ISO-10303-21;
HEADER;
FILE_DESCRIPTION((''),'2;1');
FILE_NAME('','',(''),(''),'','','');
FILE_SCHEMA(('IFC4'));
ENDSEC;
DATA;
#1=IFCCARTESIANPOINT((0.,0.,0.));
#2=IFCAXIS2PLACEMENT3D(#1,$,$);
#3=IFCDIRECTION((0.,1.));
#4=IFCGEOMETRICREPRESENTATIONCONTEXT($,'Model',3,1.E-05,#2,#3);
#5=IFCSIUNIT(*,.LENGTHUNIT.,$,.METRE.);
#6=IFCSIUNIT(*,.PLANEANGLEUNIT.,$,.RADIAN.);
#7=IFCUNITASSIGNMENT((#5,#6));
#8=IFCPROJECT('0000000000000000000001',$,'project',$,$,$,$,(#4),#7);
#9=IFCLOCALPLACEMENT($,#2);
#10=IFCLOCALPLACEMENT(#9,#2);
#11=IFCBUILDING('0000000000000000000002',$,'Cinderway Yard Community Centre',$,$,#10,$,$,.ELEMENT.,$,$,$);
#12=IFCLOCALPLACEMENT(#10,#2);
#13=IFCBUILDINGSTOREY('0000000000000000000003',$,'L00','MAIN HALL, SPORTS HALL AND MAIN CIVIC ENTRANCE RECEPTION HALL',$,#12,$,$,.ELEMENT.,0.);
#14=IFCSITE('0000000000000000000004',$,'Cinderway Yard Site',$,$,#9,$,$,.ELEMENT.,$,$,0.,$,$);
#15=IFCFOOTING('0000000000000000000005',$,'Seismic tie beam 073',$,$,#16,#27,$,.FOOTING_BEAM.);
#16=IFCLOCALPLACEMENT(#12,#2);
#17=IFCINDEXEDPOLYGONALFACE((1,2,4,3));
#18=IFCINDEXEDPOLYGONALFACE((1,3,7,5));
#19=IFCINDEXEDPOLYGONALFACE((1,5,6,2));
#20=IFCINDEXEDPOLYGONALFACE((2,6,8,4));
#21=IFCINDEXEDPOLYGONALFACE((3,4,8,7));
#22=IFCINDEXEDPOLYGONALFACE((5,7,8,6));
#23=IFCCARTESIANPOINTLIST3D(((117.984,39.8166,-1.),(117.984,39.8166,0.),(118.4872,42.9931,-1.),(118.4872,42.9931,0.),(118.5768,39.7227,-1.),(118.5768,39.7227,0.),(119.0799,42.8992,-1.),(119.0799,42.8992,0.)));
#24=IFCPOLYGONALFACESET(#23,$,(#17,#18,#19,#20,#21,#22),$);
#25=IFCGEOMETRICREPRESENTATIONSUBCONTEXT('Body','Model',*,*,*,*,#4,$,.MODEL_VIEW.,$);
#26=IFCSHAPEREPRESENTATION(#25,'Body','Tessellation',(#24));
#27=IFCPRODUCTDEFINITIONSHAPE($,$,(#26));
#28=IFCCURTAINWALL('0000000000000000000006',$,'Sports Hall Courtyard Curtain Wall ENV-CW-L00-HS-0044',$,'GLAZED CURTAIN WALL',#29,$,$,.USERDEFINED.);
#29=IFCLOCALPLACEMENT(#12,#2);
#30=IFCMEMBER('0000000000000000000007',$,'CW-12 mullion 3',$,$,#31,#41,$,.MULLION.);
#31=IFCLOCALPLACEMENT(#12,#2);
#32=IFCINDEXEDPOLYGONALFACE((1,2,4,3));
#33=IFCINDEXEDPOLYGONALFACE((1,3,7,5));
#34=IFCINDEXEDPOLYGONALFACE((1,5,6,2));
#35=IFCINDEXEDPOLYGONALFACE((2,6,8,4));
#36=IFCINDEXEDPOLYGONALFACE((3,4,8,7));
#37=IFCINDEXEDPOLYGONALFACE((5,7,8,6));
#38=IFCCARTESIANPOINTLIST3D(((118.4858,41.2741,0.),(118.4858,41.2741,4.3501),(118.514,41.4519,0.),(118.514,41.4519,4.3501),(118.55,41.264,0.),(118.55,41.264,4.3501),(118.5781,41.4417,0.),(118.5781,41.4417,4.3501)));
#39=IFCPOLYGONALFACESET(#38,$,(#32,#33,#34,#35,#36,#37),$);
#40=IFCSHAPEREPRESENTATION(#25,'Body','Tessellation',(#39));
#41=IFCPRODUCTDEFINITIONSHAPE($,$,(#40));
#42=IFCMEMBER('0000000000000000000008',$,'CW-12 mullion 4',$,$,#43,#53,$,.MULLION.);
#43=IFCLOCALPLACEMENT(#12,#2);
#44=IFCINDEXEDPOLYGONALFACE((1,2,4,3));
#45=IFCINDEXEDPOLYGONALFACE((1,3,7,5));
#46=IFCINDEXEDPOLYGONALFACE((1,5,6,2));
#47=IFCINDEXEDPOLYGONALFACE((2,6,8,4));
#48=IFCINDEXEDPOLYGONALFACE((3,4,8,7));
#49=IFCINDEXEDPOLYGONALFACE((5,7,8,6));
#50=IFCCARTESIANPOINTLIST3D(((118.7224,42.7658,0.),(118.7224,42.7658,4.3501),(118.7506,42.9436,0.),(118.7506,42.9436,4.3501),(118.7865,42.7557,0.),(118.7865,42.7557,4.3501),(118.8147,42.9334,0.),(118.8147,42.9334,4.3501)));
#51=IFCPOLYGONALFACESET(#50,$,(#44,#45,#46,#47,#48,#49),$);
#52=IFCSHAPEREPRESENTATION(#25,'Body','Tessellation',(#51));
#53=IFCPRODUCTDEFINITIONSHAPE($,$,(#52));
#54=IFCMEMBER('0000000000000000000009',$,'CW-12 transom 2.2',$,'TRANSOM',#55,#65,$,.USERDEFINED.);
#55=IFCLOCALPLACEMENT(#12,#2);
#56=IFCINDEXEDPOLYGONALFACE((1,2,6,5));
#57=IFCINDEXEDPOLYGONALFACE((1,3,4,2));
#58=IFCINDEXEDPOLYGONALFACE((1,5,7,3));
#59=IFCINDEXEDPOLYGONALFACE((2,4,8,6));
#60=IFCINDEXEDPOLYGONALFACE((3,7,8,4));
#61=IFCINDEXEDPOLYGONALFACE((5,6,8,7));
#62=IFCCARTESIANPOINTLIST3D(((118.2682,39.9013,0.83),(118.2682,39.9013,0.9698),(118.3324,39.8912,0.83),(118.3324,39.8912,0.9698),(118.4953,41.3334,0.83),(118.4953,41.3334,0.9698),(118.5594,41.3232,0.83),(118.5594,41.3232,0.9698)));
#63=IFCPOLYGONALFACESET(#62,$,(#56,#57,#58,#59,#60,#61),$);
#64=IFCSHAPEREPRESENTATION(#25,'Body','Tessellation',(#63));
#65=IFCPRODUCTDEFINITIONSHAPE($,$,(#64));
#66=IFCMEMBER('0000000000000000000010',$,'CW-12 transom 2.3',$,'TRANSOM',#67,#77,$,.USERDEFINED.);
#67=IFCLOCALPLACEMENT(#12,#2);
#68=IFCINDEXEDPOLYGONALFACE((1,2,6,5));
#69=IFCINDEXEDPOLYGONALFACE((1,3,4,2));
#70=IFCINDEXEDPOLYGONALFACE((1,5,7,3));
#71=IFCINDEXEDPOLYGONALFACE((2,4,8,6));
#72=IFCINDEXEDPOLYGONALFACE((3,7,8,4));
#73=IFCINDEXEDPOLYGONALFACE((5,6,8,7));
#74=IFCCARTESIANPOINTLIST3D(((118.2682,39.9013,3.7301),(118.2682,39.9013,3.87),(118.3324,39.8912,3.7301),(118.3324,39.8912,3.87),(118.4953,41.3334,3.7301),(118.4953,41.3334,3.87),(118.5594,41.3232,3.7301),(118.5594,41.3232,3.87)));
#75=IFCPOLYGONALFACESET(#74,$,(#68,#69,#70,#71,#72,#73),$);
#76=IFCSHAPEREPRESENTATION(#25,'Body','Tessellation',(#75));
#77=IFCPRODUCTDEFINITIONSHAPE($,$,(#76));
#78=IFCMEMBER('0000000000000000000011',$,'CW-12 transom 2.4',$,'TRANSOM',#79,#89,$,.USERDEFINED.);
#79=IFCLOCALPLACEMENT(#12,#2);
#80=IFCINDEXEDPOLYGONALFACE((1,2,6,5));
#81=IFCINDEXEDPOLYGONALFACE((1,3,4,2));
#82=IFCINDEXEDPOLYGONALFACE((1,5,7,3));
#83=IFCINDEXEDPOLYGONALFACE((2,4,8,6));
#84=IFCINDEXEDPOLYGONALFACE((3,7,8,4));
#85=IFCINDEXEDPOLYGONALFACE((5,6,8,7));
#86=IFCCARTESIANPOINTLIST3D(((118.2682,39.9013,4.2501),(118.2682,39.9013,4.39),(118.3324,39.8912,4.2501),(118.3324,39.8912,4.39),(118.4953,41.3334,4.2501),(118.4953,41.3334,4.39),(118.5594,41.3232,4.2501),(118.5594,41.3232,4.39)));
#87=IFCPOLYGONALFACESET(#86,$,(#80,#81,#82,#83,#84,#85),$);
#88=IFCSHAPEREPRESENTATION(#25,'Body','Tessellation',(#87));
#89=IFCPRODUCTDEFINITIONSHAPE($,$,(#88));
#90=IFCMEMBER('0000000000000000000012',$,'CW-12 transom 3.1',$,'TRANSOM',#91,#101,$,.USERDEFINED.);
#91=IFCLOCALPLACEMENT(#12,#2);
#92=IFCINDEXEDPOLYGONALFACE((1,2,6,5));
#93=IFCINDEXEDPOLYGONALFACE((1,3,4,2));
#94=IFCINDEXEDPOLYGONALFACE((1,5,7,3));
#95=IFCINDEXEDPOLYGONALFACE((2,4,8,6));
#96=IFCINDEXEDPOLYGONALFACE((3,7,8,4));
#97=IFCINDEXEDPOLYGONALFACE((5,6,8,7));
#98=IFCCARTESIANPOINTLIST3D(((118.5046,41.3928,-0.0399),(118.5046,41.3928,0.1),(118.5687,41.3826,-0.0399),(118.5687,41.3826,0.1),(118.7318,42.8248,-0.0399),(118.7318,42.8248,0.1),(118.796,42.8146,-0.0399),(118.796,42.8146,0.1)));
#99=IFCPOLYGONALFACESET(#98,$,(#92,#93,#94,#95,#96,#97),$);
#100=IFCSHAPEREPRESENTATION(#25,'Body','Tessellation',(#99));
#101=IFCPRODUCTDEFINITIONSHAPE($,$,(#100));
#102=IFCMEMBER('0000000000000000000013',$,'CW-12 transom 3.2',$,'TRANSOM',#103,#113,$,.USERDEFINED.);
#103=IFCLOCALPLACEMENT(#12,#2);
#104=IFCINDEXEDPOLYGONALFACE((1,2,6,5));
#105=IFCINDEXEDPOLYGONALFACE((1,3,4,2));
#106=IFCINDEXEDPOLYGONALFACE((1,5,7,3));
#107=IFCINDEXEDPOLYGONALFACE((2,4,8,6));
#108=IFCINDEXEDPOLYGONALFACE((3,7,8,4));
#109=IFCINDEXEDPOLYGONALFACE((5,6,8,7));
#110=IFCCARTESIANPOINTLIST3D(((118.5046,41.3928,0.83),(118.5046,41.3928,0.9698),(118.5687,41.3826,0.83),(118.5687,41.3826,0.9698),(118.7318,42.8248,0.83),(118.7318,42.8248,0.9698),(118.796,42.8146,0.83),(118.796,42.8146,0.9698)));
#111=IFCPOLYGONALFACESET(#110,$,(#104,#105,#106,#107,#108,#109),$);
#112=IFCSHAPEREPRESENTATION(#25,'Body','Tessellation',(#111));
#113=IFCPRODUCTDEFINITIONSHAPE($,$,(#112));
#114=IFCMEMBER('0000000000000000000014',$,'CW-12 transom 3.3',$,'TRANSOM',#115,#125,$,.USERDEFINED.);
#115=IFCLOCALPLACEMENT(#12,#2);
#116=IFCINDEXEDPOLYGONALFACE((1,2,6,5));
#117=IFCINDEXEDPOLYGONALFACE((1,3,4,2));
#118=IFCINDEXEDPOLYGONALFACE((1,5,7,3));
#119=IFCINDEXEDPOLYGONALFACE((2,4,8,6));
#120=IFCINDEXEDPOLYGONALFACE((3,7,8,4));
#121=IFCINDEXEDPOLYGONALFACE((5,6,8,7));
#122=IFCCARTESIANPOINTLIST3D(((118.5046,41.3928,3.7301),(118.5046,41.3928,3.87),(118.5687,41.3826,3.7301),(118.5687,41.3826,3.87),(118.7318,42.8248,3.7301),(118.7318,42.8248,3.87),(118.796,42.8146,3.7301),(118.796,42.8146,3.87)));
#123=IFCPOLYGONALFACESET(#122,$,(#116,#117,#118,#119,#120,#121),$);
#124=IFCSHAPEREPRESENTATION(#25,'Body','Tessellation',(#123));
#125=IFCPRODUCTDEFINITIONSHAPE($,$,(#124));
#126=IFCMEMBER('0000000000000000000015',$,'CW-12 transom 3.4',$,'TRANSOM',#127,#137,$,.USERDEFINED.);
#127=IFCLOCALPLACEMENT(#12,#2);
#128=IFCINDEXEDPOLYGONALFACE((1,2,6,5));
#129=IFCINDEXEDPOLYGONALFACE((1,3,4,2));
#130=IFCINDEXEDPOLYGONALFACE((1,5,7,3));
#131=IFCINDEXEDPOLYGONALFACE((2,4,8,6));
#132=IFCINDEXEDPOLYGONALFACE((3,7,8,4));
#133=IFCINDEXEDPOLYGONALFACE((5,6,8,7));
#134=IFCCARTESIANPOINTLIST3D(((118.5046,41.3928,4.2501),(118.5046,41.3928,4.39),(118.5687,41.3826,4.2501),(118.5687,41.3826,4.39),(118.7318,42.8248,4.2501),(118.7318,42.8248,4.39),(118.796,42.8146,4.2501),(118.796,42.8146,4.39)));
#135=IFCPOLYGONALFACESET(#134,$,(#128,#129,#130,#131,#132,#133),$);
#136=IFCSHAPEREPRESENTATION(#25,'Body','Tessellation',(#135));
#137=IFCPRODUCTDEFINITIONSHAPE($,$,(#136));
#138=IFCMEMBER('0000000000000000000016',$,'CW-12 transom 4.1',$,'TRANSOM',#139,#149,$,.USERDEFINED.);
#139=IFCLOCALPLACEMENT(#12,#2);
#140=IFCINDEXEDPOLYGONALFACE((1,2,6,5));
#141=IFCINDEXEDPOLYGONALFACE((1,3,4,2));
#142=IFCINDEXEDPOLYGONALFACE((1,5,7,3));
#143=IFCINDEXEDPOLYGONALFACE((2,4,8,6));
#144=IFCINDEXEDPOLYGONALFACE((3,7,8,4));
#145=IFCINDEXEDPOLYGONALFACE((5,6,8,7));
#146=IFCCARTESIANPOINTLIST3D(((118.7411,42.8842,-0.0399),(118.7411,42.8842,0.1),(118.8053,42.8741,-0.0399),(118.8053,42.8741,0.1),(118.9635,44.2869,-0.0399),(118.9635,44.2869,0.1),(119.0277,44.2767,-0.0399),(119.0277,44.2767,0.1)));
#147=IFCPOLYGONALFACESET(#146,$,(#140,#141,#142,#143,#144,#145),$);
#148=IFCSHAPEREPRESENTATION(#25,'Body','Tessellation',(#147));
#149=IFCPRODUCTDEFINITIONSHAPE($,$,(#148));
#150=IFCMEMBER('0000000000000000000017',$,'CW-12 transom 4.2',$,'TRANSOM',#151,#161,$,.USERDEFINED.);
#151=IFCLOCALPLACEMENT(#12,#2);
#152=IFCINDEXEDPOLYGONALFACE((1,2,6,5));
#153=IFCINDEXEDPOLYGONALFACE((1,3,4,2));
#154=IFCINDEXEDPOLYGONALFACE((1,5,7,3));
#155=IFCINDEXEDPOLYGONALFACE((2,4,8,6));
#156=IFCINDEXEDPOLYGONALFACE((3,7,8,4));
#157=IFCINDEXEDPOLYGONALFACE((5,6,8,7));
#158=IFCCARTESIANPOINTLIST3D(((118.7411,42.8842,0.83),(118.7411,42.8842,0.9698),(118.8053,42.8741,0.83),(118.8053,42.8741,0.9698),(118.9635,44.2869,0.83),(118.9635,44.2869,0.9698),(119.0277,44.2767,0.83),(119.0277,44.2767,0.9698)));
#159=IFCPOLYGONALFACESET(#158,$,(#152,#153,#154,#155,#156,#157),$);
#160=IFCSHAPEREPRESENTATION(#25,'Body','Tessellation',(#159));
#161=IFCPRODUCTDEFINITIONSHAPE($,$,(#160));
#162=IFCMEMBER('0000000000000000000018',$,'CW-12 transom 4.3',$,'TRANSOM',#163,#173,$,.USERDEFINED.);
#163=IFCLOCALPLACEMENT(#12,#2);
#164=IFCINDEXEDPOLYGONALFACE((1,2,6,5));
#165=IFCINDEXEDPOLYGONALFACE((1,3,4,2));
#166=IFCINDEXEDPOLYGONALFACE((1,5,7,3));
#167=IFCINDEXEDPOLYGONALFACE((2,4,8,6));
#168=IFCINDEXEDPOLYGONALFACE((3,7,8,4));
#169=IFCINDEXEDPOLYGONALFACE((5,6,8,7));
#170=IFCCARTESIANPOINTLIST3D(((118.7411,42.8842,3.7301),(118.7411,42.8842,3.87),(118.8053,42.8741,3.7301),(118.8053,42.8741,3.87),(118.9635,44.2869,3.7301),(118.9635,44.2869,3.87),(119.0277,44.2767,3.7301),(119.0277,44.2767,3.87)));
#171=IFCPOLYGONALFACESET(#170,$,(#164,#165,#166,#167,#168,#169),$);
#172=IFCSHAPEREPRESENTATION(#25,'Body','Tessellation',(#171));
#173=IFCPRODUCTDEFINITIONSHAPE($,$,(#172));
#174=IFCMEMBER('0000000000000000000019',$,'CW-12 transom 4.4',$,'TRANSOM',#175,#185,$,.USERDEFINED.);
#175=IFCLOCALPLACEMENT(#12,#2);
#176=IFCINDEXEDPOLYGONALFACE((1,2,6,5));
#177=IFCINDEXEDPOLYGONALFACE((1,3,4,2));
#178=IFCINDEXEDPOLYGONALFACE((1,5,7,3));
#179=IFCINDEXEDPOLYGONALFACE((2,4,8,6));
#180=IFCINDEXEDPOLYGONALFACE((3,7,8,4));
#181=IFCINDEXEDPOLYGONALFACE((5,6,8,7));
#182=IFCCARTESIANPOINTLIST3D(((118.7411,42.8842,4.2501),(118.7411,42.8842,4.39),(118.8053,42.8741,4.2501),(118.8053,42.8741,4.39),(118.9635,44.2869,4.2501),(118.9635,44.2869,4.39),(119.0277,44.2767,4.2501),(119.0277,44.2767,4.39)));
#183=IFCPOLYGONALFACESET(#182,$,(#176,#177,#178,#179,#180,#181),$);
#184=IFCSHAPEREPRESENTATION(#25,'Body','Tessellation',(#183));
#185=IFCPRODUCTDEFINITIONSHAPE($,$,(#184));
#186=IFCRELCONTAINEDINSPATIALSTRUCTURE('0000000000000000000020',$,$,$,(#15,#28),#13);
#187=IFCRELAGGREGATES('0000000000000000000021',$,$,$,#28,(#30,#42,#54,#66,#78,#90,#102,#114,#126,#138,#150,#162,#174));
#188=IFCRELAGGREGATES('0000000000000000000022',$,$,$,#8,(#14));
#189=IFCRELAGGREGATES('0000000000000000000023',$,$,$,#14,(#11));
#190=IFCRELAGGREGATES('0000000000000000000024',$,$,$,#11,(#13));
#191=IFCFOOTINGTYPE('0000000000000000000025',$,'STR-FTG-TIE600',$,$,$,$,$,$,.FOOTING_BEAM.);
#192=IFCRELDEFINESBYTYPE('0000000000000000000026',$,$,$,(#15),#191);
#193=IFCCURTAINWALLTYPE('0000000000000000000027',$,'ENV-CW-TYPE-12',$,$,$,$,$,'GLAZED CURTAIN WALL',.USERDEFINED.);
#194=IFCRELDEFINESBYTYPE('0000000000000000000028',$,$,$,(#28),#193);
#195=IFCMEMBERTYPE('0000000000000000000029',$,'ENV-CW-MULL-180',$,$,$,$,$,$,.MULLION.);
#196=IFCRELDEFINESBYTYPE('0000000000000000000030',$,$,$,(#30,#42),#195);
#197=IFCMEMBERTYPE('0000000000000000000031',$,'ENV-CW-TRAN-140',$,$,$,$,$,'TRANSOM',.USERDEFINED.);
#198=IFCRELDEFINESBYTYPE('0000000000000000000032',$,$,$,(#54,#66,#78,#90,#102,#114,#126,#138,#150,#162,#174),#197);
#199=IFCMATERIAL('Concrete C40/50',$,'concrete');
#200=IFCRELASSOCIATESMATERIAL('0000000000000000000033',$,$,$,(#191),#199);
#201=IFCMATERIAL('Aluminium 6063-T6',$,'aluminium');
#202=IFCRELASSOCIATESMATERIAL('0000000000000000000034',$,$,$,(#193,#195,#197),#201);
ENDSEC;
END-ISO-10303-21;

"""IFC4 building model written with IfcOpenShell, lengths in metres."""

from ifc_helpers import new_model, si_unit, direction, frame, origin, origin_2d, place, context, subcontext, project, spatial, rectangle, extrude, material, material_profile, profile_set, type_object, element, aggregate, save


model = new_model("IFC4")

# Units and contexts
model_context = context("Model", 3, precision=1e-05, world=origin(), true_north=direction((0.0, 1.0)))
body_context = subcontext(model_context, "Body", "Model", "MODEL_VIEW")
ifc_project = project(units=[si_unit("LENGTHUNIT", "METRE"), si_unit("PLANEANGLEUNIT", "RADIAN")], contexts=[model_context])

# Site, building, storey
site_placement = place(None, origin())
site = spatial("IfcSite", under=ifc_project, at=site_placement, Name="Cinderway Yard Site", CompositionType="ELEMENT", RefElevation=0.0)
building_placement = place(site_placement, origin())
building = spatial("IfcBuilding", under=site, at=building_placement, Name="Cinderway Yard Community Centre", CompositionType="ELEMENT")
storey_placement = place(building_placement, origin())
storey = spatial("IfcBuildingStorey", under=building, at=storey_placement, Name="L00", Description="MAIN HALL, SPORTS HALL AND MAIN CIVIC ENTRANCE RECEPTION HALL", CompositionType="ELEMENT", Elevation=0.0)

# Footing
ifc_material_1 = material(Name="Concrete C40/50", Category="concrete")
footing_type = type_object("IfcFootingType", Name="STR-FTG-TIE600", PredefinedType="FOOTING_BEAM", material=ifc_material_1)
footing_placement = place(storey_placement, frame((118.532, 41.3579, -1.0), z_axis=(0.0, 0.0, 1.0), x_axis=(0.156452, 0.987686, 0.0)))
element("IfcFooting", 1, at=footing_placement, inside=storey, type_object=footing_type, Name="Seismic tie beam 073", PredefinedType="FOOTING_BEAM", context=body_context, shape_type="SweptSolid", body=[
    extrude(rectangle(XDim=3.2161, YDim=0.6001, at=origin_2d()), origin(), (0.0, 0.0, 1.0), 1.0),
])

# Curtain wall, members
ifc_material_2 = material(Name="Aluminium 6063-T6", Category="aluminium")
curtain_wall_type = type_object("IfcCurtainWallType", Name="ENV-CW-TYPE-12", ElementType="GLAZED CURTAIN WALL", PredefinedType="USERDEFINED", material=ifc_material_2)
curtain_wall_placement = place(storey_placement, origin())
curtain_wall = element("IfcCurtainWall", 2, at=curtain_wall_placement, inside=storey, type_object=curtain_wall_type, Name="Sports Hall Courtyard Curtain Wall ENV-CW-L00-HS-0044", ObjectType="GLAZED CURTAIN WALL", PredefinedType="USERDEFINED")
ifc_material_profile_1 = material_profile(ifc_material_2, rectangle(XDim=0.0649, YDim=0.1799, at=origin_2d()), Name="Aluminium 6063-T6")
ifc_profile_set_1 = profile_set([ifc_material_profile_1], Name="Aluminium 6063-T6")
member_type_1 = type_object("IfcMemberType", Name="ENV-CW-MULL-180", PredefinedType="MULLION", material=ifc_profile_set_1)
member_1_placement = place(storey_placement, frame((118.532, 41.3579, 0.0), z_axis=(0.0, 0.0, 1.0), x_axis=(-0.987661, 0.156609, 0.0)))
member_1 = element("IfcMember", 3, at=member_1_placement, type_object=member_type_1, Name="CW-12 mullion 3", PredefinedType="MULLION", context=body_context, shape_type="SweptSolid", body=[
    extrude(rectangle(XDim=0.0649, YDim=0.1799, at=origin_2d()), origin(), (0.0, 0.0, 1.0), 4.3501),
])
member_2_placement = place(storey_placement, frame((118.7686, 42.8496, 0.0), z_axis=(0.0, 0.0, 1.0), x_axis=(-0.987661, 0.156609, 0.0)))
member_2 = element("IfcMember", 4, at=member_2_placement, type_object=member_type_1, Name="CW-12 mullion 4", PredefinedType="MULLION", context=body_context, shape_type="SweptSolid", body=[
    extrude(rectangle(XDim=0.0649, YDim=0.1799, at=origin_2d()), origin(), (0.0, 0.0, 1.0), 4.3501),
])
ifc_material_profile_2 = material_profile(ifc_material_2, rectangle(XDim=0.0649, YDim=0.1399, at=origin_2d()), Name="Aluminium 6063-T6")
ifc_profile_set_2 = profile_set([ifc_material_profile_2], Name="Aluminium 6063-T6")
member_type_2 = type_object("IfcMemberType", Name="ENV-CW-TRAN-140", ElementType="TRANSOM", PredefinedType="USERDEFINED", material=ifc_profile_set_2)
member_3_placement = place(storey_placement, frame((118.3003, 39.8962, 0.8999), z_axis=(0.156585, 0.987664, 0.0), x_axis=(-0.987664, 0.156585, 0.0)))
member_3 = element("IfcMember", 5, at=member_3_placement, type_object=member_type_2, Name="CW-12 transom 2.2", ObjectType="TRANSOM", PredefinedType="USERDEFINED", context=body_context, shape_type="SweptSolid", body=[
    extrude(rectangle(XDim=0.0649, YDim=0.1399, at=origin_2d()), origin(), (0.0, 0.0, 1.0), 1.45),
])
member_4_placement = place(storey_placement, frame((118.3003, 39.8962, 3.8), z_axis=(0.156585, 0.987664, 0.0), x_axis=(-0.987664, 0.156585, 0.0)))
member_4 = element("IfcMember", 6, at=member_4_placement, type_object=member_type_2, Name="CW-12 transom 2.3", ObjectType="TRANSOM", PredefinedType="USERDEFINED", context=body_context, shape_type="SweptSolid", body=[
    extrude(rectangle(XDim=0.0649, YDim=0.1399, at=origin_2d()), origin(), (0.0, 0.0, 1.0), 1.45),
])
member_5_placement = place(storey_placement, frame((118.3003, 39.8962, 4.3201), z_axis=(0.156585, 0.987664, 0.0), x_axis=(-0.987664, 0.156585, 0.0)))
member_5 = element("IfcMember", 7, at=member_5_placement, type_object=member_type_2, Name="CW-12 transom 2.4", ObjectType="TRANSOM", PredefinedType="USERDEFINED", context=body_context, shape_type="SweptSolid", body=[
    extrude(rectangle(XDim=0.0649, YDim=0.1399, at=origin_2d()), origin(), (0.0, 0.0, 1.0), 1.45),
])
member_6_placement = place(storey_placement, frame((118.5366, 41.3877, 0.03), z_axis=(0.156749, 0.987638, 0.0), x_axis=(-0.987638, 0.156749, 0.0)))
member_6 = element("IfcMember", 8, at=member_6_placement, type_object=member_type_2, Name="CW-12 transom 3.1", ObjectType="TRANSOM", PredefinedType="USERDEFINED", context=body_context, shape_type="SweptSolid", body=[
    extrude(rectangle(XDim=0.0649, YDim=0.1399, at=origin_2d()), origin(), (0.0, 0.0, 1.0), 1.45),
])
member_7_placement = place(storey_placement, frame((118.5366, 41.3877, 0.8999), z_axis=(0.156749, 0.987638, 0.0), x_axis=(-0.987638, 0.156749, 0.0)))
member_7 = element("IfcMember", 9, at=member_7_placement, type_object=member_type_2, Name="CW-12 transom 3.2", ObjectType="TRANSOM", PredefinedType="USERDEFINED", context=body_context, shape_type="SweptSolid", body=[
    extrude(rectangle(XDim=0.0649, YDim=0.1399, at=origin_2d()), origin(), (0.0, 0.0, 1.0), 1.45),
])
member_8_placement = place(storey_placement, frame((118.5366, 41.3877, 3.8), z_axis=(0.156749, 0.987638, 0.0), x_axis=(-0.987638, 0.156749, 0.0)))
member_8 = element("IfcMember", 10, at=member_8_placement, type_object=member_type_2, Name="CW-12 transom 3.3", ObjectType="TRANSOM", PredefinedType="USERDEFINED", context=body_context, shape_type="SweptSolid", body=[
    extrude(rectangle(XDim=0.0649, YDim=0.1399, at=origin_2d()), origin(), (0.0, 0.0, 1.0), 1.45),
])
member_9_placement = place(storey_placement, frame((118.5366, 41.3877, 4.3201), z_axis=(0.156749, 0.987638, 0.0), x_axis=(-0.987638, 0.156749, 0.0)))
member_9 = element("IfcMember", 11, at=member_9_placement, type_object=member_type_2, Name="CW-12 transom 3.4", ObjectType="TRANSOM", PredefinedType="USERDEFINED", context=body_context, shape_type="SweptSolid", body=[
    extrude(rectangle(XDim=0.0649, YDim=0.1399, at=origin_2d()), origin(), (0.0, 0.0, 1.0), 1.45),
])
member_10_placement = place(storey_placement, frame((118.7732, 42.8792, 0.03), z_axis=(0.156616, 0.98766, 0.0), x_axis=(-0.98766, 0.156616, 0.0)))
member_10 = element("IfcMember", 12, at=member_10_placement, type_object=member_type_2, Name="CW-12 transom 4.1", ObjectType="TRANSOM", PredefinedType="USERDEFINED", context=body_context, shape_type="SweptSolid", body=[
    extrude(rectangle(XDim=0.0649, YDim=0.1399, at=origin_2d()), origin(), (0.0, 0.0, 1.0), 1.4202),
])
member_11_placement = place(storey_placement, frame((118.7732, 42.8792, 0.8999), z_axis=(0.156616, 0.98766, 0.0), x_axis=(-0.98766, 0.156616, 0.0)))
member_11 = element("IfcMember", 13, at=member_11_placement, type_object=member_type_2, Name="CW-12 transom 4.2", ObjectType="TRANSOM", PredefinedType="USERDEFINED", context=body_context, shape_type="SweptSolid", body=[
    extrude(rectangle(XDim=0.0649, YDim=0.1399, at=origin_2d()), origin(), (0.0, 0.0, 1.0), 1.4202),
])
member_12_placement = place(storey_placement, frame((118.7732, 42.8792, 3.8), z_axis=(0.156616, 0.98766, 0.0), x_axis=(-0.98766, 0.156616, 0.0)))
member_12 = element("IfcMember", 14, at=member_12_placement, type_object=member_type_2, Name="CW-12 transom 4.3", ObjectType="TRANSOM", PredefinedType="USERDEFINED", context=body_context, shape_type="SweptSolid", body=[
    extrude(rectangle(XDim=0.0649, YDim=0.1399, at=origin_2d()), origin(), (0.0, 0.0, 1.0), 1.4202),
])
member_13_placement = place(storey_placement, frame((118.7732, 42.8792, 4.3201), z_axis=(0.156616, 0.98766, 0.0), x_axis=(-0.98766, 0.156616, 0.0)))
member_13 = element("IfcMember", 15, at=member_13_placement, type_object=member_type_2, Name="CW-12 transom 4.4", ObjectType="TRANSOM", PredefinedType="USERDEFINED", context=body_context, shape_type="SweptSolid", body=[
    extrude(rectangle(XDim=0.0649, YDim=0.1399, at=origin_2d()), origin(), (0.0, 0.0, 1.0), 1.4202),
])
aggregate(curtain_wall, [member_1, member_2, member_3, member_4, member_5, member_6, member_7, member_8, member_9, member_10, member_11, member_12, member_13])

save(model, "model.ifc")
